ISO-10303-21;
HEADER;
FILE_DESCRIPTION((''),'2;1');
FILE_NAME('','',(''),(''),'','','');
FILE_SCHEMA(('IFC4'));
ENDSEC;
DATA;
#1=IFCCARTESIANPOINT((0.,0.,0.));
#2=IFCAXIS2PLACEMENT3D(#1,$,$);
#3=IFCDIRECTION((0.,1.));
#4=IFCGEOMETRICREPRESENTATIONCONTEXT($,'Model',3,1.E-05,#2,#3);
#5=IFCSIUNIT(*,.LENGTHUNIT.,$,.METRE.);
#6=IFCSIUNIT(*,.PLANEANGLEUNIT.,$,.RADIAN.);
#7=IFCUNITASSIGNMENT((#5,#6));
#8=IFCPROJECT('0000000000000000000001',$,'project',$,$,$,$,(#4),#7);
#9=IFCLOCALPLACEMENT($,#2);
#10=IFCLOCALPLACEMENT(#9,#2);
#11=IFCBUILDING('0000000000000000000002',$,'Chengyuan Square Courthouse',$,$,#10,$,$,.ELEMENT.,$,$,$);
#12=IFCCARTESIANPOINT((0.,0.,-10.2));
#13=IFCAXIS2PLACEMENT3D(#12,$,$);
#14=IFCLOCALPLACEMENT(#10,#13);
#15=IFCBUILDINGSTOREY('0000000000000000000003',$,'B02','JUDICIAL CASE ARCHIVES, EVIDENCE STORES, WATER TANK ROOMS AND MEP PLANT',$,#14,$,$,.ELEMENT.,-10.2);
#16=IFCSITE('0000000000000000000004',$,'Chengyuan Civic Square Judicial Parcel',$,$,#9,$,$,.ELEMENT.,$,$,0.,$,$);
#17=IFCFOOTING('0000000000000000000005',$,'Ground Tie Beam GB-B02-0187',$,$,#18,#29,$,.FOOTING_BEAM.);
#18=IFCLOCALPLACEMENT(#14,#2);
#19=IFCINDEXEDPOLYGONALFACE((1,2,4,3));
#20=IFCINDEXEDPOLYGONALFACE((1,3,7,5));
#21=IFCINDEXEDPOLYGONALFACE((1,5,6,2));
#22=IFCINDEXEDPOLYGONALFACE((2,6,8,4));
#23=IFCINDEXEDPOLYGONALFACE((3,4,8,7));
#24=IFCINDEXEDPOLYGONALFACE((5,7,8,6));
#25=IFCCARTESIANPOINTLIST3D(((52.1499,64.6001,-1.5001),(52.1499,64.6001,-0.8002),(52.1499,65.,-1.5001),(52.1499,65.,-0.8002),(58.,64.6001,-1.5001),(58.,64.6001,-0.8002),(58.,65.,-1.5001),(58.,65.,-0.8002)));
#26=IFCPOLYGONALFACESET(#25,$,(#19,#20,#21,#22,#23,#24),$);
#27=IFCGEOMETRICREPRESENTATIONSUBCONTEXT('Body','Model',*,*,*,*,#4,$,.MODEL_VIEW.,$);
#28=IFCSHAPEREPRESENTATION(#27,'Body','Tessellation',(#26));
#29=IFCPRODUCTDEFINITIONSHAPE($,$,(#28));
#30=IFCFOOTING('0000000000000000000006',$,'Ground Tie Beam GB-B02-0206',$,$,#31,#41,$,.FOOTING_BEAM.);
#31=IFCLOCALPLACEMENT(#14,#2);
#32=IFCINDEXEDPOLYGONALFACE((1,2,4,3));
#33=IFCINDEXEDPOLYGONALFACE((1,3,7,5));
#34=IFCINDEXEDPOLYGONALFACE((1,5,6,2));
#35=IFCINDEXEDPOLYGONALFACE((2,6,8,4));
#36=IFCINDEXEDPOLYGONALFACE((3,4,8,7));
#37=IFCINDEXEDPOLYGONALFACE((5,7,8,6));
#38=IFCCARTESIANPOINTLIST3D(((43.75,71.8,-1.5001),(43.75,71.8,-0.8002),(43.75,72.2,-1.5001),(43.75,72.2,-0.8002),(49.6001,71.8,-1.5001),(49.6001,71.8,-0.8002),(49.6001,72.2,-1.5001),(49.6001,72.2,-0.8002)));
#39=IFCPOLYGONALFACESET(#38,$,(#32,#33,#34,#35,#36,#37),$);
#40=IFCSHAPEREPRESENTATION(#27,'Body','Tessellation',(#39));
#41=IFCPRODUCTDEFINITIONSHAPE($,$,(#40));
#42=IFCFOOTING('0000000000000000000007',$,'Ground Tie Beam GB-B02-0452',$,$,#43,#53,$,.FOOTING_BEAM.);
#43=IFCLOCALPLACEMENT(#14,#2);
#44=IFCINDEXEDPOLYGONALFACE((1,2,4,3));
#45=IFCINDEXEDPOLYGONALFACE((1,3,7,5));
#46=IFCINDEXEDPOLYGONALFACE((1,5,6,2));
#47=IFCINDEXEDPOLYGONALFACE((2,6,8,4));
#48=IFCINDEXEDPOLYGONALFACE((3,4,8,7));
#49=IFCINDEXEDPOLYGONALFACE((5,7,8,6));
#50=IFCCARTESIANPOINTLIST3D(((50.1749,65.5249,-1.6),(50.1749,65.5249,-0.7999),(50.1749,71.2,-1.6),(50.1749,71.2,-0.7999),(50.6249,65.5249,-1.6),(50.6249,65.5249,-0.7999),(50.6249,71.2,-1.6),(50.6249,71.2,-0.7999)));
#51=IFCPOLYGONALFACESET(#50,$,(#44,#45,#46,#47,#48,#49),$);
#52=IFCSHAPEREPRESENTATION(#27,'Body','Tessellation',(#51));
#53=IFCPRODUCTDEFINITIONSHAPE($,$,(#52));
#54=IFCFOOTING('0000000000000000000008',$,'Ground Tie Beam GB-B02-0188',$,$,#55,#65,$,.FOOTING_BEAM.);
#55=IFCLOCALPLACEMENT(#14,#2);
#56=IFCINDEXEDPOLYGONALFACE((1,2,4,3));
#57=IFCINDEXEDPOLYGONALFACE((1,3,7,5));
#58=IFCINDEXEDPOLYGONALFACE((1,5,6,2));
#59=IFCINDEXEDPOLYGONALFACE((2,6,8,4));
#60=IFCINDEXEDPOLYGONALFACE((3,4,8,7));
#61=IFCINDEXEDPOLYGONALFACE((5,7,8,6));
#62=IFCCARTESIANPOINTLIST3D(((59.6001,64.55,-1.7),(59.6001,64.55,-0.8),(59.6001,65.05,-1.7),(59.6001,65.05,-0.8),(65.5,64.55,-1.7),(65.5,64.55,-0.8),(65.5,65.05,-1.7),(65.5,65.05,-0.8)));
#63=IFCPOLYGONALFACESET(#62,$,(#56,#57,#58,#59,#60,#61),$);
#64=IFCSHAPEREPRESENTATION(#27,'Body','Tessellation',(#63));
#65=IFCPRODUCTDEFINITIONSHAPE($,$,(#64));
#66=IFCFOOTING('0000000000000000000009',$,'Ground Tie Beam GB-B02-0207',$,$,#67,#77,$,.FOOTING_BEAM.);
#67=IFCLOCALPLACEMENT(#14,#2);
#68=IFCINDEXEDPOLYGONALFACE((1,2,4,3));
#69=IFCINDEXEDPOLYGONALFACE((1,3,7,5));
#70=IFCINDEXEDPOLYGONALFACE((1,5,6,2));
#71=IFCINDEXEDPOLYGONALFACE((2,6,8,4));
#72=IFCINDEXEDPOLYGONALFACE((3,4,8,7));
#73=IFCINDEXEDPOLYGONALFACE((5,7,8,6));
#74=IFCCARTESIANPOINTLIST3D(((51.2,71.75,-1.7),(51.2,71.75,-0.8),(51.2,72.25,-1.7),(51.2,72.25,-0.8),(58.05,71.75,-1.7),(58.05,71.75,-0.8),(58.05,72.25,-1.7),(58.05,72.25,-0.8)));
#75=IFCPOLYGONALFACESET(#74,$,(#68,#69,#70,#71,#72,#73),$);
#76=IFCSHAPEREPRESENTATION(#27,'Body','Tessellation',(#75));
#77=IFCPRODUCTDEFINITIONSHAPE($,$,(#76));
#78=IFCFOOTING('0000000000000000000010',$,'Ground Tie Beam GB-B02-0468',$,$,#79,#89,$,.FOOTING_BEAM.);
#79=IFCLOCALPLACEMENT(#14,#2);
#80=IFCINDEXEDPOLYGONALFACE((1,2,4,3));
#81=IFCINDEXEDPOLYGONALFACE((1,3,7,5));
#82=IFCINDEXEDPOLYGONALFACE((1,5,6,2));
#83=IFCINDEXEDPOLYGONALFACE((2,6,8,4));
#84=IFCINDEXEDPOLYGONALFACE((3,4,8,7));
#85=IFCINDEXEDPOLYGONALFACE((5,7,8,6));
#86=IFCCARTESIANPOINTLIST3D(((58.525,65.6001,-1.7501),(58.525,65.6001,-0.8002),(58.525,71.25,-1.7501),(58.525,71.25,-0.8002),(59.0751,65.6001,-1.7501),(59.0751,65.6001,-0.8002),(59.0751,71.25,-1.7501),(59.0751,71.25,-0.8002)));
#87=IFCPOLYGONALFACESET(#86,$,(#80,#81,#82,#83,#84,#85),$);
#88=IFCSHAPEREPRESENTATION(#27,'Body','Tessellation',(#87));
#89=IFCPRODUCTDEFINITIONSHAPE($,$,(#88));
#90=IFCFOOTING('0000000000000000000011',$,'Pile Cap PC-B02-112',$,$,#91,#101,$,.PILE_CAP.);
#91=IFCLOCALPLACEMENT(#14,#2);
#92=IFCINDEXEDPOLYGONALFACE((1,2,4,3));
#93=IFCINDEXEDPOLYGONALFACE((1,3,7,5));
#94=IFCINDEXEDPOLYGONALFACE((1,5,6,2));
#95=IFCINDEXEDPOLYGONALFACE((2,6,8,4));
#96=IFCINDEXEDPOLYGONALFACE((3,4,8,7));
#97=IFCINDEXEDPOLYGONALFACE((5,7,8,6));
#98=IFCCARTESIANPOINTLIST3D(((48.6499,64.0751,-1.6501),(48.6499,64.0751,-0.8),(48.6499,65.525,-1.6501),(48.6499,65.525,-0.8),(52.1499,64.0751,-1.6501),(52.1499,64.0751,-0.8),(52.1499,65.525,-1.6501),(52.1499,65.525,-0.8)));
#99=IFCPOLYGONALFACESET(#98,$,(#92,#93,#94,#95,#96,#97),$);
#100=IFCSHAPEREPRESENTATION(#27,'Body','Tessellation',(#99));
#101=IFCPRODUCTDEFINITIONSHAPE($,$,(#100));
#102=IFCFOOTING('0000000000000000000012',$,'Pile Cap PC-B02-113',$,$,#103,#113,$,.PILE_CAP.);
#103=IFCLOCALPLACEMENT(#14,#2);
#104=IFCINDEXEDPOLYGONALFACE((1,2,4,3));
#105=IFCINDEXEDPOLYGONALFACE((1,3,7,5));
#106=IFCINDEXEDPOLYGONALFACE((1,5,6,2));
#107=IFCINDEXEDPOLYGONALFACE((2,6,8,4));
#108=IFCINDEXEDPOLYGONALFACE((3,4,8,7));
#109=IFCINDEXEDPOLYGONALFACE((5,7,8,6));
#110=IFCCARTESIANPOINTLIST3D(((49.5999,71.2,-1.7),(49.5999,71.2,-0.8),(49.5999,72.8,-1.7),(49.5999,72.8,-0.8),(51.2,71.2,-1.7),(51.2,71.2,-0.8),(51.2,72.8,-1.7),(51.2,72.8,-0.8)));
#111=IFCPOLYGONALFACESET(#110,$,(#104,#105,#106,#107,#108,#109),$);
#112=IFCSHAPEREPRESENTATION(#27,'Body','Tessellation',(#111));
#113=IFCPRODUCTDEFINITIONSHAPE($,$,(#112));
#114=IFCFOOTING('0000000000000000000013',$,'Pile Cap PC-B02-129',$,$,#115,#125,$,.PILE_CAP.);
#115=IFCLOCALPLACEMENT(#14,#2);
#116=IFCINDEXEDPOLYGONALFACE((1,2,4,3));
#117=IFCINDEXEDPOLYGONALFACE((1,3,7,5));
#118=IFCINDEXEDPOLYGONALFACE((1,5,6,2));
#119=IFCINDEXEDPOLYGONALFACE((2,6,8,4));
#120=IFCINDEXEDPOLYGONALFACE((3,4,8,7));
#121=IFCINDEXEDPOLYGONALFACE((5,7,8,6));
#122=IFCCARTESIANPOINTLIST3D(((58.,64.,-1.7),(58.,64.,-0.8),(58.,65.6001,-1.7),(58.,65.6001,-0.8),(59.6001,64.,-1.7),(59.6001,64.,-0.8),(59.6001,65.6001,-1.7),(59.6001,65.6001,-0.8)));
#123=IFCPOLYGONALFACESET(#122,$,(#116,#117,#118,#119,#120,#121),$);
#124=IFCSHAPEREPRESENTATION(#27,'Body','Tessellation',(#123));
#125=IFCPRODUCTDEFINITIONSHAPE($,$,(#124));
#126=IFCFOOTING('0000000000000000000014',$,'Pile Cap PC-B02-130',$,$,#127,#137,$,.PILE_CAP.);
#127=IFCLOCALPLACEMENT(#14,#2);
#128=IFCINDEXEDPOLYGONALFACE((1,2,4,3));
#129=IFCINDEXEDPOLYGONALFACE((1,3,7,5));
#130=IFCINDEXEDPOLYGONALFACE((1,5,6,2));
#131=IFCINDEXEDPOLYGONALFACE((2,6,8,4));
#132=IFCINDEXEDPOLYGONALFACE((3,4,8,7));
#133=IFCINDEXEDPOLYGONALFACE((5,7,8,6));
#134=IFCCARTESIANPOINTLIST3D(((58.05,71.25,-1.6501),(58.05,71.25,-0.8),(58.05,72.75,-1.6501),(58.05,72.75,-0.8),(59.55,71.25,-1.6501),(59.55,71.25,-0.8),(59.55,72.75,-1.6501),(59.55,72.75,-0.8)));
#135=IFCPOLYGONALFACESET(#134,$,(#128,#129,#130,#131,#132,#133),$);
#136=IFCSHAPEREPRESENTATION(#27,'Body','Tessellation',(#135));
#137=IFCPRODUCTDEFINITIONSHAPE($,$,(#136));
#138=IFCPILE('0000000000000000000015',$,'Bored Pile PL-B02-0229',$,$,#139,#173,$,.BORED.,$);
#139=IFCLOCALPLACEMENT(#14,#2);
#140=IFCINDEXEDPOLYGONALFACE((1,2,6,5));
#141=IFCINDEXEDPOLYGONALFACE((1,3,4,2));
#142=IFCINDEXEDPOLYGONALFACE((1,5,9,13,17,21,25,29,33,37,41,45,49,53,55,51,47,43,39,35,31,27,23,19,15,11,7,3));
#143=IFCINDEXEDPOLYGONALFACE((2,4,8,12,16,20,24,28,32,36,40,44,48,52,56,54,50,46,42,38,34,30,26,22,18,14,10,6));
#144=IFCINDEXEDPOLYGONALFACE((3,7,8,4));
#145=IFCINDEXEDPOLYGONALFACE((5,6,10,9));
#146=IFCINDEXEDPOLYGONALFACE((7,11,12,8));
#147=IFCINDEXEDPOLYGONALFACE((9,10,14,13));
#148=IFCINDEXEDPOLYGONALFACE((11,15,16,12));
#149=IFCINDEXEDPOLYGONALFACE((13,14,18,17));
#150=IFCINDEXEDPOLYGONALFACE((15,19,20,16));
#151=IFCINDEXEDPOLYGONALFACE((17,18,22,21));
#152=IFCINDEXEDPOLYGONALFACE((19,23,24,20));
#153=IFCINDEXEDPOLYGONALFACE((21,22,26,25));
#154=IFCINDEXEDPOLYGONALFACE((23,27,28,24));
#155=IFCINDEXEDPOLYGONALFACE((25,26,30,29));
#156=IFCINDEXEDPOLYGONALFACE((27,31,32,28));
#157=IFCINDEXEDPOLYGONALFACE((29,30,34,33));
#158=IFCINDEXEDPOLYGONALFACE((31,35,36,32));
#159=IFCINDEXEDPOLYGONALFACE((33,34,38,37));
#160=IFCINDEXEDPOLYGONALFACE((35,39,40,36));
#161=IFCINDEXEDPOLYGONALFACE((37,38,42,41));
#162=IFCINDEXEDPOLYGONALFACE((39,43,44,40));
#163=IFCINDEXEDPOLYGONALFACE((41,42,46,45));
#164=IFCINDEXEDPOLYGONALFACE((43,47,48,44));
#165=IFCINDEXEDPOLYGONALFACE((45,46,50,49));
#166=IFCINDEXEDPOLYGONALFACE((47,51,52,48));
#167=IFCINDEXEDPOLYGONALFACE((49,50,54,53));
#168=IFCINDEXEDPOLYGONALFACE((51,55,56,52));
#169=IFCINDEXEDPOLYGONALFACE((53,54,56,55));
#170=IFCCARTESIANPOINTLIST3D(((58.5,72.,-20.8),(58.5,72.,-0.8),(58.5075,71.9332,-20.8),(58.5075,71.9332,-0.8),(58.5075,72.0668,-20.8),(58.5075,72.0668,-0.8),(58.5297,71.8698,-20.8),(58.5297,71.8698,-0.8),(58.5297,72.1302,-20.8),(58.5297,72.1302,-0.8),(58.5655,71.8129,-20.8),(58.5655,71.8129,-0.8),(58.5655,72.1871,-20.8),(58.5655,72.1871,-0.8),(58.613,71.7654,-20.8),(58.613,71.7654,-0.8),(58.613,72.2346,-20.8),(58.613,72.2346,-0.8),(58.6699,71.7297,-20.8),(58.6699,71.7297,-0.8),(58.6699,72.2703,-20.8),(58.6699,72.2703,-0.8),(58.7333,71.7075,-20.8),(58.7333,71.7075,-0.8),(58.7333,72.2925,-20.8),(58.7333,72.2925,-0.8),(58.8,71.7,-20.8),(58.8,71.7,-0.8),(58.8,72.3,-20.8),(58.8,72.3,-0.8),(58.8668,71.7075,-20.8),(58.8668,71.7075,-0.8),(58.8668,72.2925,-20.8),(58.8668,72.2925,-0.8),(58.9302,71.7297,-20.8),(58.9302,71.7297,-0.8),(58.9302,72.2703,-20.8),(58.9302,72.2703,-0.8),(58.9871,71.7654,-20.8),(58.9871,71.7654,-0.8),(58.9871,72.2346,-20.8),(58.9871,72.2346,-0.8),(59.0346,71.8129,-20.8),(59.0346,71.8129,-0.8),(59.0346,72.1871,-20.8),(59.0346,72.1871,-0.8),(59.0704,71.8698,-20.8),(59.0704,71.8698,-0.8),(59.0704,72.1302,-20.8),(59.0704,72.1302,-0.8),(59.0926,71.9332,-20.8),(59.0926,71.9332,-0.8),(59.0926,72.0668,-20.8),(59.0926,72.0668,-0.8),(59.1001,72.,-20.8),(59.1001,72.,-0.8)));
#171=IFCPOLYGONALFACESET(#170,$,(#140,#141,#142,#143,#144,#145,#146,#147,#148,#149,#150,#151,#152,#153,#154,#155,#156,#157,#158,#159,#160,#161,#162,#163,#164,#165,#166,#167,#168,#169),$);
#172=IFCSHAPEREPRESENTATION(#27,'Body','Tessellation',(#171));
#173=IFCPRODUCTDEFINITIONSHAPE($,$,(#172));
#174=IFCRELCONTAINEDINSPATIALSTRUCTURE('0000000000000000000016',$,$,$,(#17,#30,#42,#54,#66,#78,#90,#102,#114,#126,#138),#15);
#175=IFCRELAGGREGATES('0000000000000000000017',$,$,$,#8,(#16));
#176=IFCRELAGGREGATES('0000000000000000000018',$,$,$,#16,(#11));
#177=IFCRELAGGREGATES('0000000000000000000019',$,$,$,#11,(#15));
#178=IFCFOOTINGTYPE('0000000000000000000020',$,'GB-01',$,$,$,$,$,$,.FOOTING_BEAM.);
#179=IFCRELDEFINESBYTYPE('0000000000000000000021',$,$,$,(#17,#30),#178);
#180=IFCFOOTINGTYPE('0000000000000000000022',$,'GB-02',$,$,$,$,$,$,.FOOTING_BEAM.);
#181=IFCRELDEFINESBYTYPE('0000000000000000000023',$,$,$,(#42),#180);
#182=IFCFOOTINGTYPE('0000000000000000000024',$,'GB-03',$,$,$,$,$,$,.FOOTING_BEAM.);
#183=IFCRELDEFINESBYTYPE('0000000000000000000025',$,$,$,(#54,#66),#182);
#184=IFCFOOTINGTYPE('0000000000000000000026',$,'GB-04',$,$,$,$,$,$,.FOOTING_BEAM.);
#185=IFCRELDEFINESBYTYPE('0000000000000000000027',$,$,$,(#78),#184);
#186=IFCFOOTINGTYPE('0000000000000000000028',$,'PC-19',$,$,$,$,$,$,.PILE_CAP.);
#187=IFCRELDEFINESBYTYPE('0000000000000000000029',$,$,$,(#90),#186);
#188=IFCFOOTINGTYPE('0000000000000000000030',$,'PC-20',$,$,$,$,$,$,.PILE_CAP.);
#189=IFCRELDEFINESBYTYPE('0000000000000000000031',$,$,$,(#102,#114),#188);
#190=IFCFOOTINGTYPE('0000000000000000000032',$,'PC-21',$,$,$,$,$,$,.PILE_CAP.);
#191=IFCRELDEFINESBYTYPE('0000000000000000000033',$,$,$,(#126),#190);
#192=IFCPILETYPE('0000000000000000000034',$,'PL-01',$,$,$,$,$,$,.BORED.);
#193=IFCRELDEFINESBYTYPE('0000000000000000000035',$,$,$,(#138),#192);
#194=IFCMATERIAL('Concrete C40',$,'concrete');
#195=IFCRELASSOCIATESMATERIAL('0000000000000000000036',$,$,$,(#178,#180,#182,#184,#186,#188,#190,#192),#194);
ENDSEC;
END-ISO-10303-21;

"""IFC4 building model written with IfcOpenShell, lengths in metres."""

from ifc_helpers import new_model, si_unit, direction, frame, origin, origin_2d, place, context, subcontext, project, spatial, rectangle, circle, extrude, material, material_profile, profile_set, type_object, element, save


model = new_model("IFC4")

# Units and contexts
model_context = context("Model", 3, precision=1e-05, world=origin(), true_north=direction((0.0, 1.0)))
body_context = subcontext(model_context, "Body", "Model", "MODEL_VIEW")
ifc_project = project(units=[si_unit("LENGTHUNIT", "METRE"), si_unit("PLANEANGLEUNIT", "RADIAN")], contexts=[model_context])

# Site, building, storey
site_placement = place(None, origin())
site = spatial("IfcSite", under=ifc_project, at=site_placement, Name="Chengyuan Civic Square Judicial Parcel", CompositionType="ELEMENT", RefElevation=0.0)
building_placement = place(site_placement, origin())
building = spatial("IfcBuilding", under=site, at=building_placement, Name="Chengyuan Square Courthouse", CompositionType="ELEMENT")
storey_placement = place(building_placement, frame((0.0, 0.0, -10.2)))
storey = spatial("IfcBuildingStorey", under=building, at=storey_placement, Name="B02", Description="JUDICIAL CASE ARCHIVES, EVIDENCE STORES, WATER TANK ROOMS AND MEP PLANT", CompositionType="ELEMENT", Elevation=-10.2)

# Footings
ifc_material_1 = material(Name="Concrete C40", Category="concrete")
ifc_material_profile_1 = material_profile(ifc_material_1, rectangle(XDim=0.3999, YDim=0.7, at=origin_2d()), Name="GB-400x700")
ifc_profile_set_1 = profile_set([ifc_material_profile_1], Name="Concrete C40")
footing_type_1 = type_object("IfcFootingType", Name="GB-01", PredefinedType="FOOTING_BEAM", material=ifc_profile_set_1)
for number, where, z_axis, x_axis, name in (
    (1, (52.1499, 64.8, -1.1501), (1.0, 0.0, 0.0), (0.0, 1.0, 0.0), "Ground Tie Beam GB-B02-0187"),
    (2, (43.75, 72.0, -1.1501), (1.0, 0.0, 0.0), (0.0, 1.0, 0.0), "Ground Tie Beam GB-B02-0206"),
):
    element("IfcFooting", number, at=place(storey_placement, frame(where, z_axis=z_axis, x_axis=x_axis)), inside=storey, type_object=footing_type_1, Name=name, PredefinedType="FOOTING_BEAM", context=body_context, shape_type="SweptSolid", body=[
        extrude(rectangle(XDim=0.3999, YDim=0.7, at=origin_2d()), origin(), (0.0, 0.0, 1.0), 5.8501),
    ])
ifc_material_profile_2 = material_profile(ifc_material_1, rectangle(XDim=0.45, YDim=0.8, at=origin_2d()), Name="GB-450x800")
ifc_profile_set_2 = profile_set([ifc_material_profile_2], Name="Concrete C40")
footing_type_2 = type_object("IfcFootingType", Name="GB-02", PredefinedType="FOOTING_BEAM", material=ifc_profile_set_2)
footing_1_placement = place(storey_placement, frame((50.3999, 65.5249, -1.2), z_axis=(0.0, 1.0, 0.0), x_axis=(-1.0, 0.0, 0.0)))
element("IfcFooting", 3, at=footing_1_placement, inside=storey, type_object=footing_type_2, Name="Ground Tie Beam GB-B02-0452", PredefinedType="FOOTING_BEAM", context=body_context, shape_type="SweptSolid", body=[
    extrude(rectangle(XDim=0.45, YDim=0.8, at=origin_2d()), origin(), (0.0, 0.0, 1.0), 5.675),
])
ifc_material_profile_3 = material_profile(ifc_material_1, rectangle(XDim=0.5, YDim=0.8999, at=origin_2d()), Name="GB-500x900")
ifc_profile_set_3 = profile_set([ifc_material_profile_3], Name="Concrete C40")
footing_type_3 = type_object("IfcFootingType", Name="GB-03", PredefinedType="FOOTING_BEAM", material=ifc_profile_set_3)
footing_2_placement = place(storey_placement, frame((59.6001, 64.8, -1.25), z_axis=(1.0, 0.0, 0.0), x_axis=(0.0, 1.0, 0.0)))
element("IfcFooting", 4, at=footing_2_placement, inside=storey, type_object=footing_type_3, Name="Ground Tie Beam GB-B02-0188", PredefinedType="FOOTING_BEAM", context=body_context, shape_type="SweptSolid", body=[
    extrude(rectangle(XDim=0.5, YDim=0.8999, at=origin_2d()), origin(), (0.0, 0.0, 1.0), 5.8999),
])
footing_3_placement = place(storey_placement, frame((51.2, 72.0, -1.25), z_axis=(1.0, 0.0, 0.0), x_axis=(0.0, 1.0, 0.0)))
element("IfcFooting", 5, at=footing_3_placement, inside=storey, type_object=footing_type_3, Name="Ground Tie Beam GB-B02-0207", PredefinedType="FOOTING_BEAM", context=body_context, shape_type="SweptSolid", body=[
    extrude(rectangle(XDim=0.5, YDim=0.8999, at=origin_2d()), origin(), (0.0, 0.0, 1.0), 6.8501),
])
ifc_material_profile_4 = material_profile(ifc_material_1, rectangle(XDim=0.55, YDim=0.95, at=origin_2d()), Name="GB-550x950")
ifc_profile_set_4 = profile_set([ifc_material_profile_4], Name="Concrete C40")
footing_type_4 = type_object("IfcFootingType", Name="GB-04", PredefinedType="FOOTING_BEAM", material=ifc_profile_set_4)
footing_4_placement = place(storey_placement, frame((58.8, 65.6001, -1.2751), z_axis=(0.0, 1.0, 0.0), x_axis=(-1.0, 0.0, 0.0)))
element("IfcFooting", 6, at=footing_4_placement, inside=storey, type_object=footing_type_4, Name="Ground Tie Beam GB-B02-0468", PredefinedType="FOOTING_BEAM", context=body_context, shape_type="SweptSolid", body=[
    extrude(rectangle(XDim=0.55, YDim=0.95, at=origin_2d()), origin(), (0.0, 0.0, 1.0), 5.6499),
])
footing_type_5 = type_object("IfcFootingType", Name="PC-19", PredefinedType="PILE_CAP", material=ifc_material_1)
footing_5_placement = place(storey_placement, frame((50.3999, 64.8, -1.6501), z_axis=(0.0, 0.0, 1.0), x_axis=(1.0, 0.0, 0.0)))
element("IfcFooting", 7, at=footing_5_placement, inside=storey, type_object=footing_type_5, Name="Pile Cap PC-B02-112", PredefinedType="PILE_CAP", context=body_context, shape_type="SweptSolid", body=[
    extrude(rectangle(XDim=3.5, YDim=1.45, at=origin_2d()), origin(), (0.0, 0.0, 1.0), 0.8501),
])
footing_type_6 = type_object("IfcFootingType", Name="PC-20", PredefinedType="PILE_CAP", material=ifc_material_1)
for number, where, z_axis, x_axis, name in (
    (8, (50.3999, 72.0, -1.7), (0.0, 0.0, 1.0), (1.0, 0.0, 0.0), "Pile Cap PC-B02-113"),
    (9, (58.8, 64.8, -1.7), (0.0, 0.0, 1.0), (1.0, 0.0, 0.0), "Pile Cap PC-B02-129"),
):
    element("IfcFooting", number, at=place(storey_placement, frame(where, z_axis=z_axis, x_axis=x_axis)), inside=storey, type_object=footing_type_6, Name=name, PredefinedType="PILE_CAP", context=body_context, shape_type="SweptSolid", body=[
        extrude(rectangle(XDim=1.6001, YDim=1.6001, at=origin_2d()), origin(), (0.0, 0.0, 1.0), 0.8999),
    ])
footing_type_7 = type_object("IfcFootingType", Name="PC-21", PredefinedType="PILE_CAP", material=ifc_material_1)
footing_6_placement = place(storey_placement, frame((58.8, 72.0, -1.6501), z_axis=(0.0, 0.0, 1.0), x_axis=(1.0, 0.0, 0.0)))
element("IfcFooting", 10, at=footing_6_placement, inside=storey, type_object=footing_type_7, Name="Pile Cap PC-B02-130", PredefinedType="PILE_CAP", context=body_context, shape_type="SweptSolid", body=[
    extrude(rectangle(XDim=1.5, YDim=1.5, at=origin_2d()), origin(), (0.0, 0.0, 1.0), 0.8501),
])

# Pile
ifc_material_profile_5 = material_profile(ifc_material_1, circle(Radius=0.3, at=origin_2d()), Name="BORED PILE D600")
ifc_profile_set_5 = profile_set([ifc_material_profile_5], Name="Concrete C40")
pile_type_1 = type_object("IfcPileType", Name="PL-01", PredefinedType="BORED", material=ifc_profile_set_5)
pile_placement = place(storey_placement, frame((58.8, 72.0, -0.8), z_axis=(0.0, 0.0, -1.0), x_axis=(1.0, 0.0, 0.0)))
element("IfcPile", 11, at=pile_placement, inside=storey, type_object=pile_type_1, Name="Bored Pile PL-B02-0229", PredefinedType="BORED", context=body_context, shape_type="SweptSolid", body=[
    extrude(circle(Radius=0.3, at=origin_2d()), origin(), (0.0, 0.0, 1.0), 20.0),
])

save(model, "model.ifc")
